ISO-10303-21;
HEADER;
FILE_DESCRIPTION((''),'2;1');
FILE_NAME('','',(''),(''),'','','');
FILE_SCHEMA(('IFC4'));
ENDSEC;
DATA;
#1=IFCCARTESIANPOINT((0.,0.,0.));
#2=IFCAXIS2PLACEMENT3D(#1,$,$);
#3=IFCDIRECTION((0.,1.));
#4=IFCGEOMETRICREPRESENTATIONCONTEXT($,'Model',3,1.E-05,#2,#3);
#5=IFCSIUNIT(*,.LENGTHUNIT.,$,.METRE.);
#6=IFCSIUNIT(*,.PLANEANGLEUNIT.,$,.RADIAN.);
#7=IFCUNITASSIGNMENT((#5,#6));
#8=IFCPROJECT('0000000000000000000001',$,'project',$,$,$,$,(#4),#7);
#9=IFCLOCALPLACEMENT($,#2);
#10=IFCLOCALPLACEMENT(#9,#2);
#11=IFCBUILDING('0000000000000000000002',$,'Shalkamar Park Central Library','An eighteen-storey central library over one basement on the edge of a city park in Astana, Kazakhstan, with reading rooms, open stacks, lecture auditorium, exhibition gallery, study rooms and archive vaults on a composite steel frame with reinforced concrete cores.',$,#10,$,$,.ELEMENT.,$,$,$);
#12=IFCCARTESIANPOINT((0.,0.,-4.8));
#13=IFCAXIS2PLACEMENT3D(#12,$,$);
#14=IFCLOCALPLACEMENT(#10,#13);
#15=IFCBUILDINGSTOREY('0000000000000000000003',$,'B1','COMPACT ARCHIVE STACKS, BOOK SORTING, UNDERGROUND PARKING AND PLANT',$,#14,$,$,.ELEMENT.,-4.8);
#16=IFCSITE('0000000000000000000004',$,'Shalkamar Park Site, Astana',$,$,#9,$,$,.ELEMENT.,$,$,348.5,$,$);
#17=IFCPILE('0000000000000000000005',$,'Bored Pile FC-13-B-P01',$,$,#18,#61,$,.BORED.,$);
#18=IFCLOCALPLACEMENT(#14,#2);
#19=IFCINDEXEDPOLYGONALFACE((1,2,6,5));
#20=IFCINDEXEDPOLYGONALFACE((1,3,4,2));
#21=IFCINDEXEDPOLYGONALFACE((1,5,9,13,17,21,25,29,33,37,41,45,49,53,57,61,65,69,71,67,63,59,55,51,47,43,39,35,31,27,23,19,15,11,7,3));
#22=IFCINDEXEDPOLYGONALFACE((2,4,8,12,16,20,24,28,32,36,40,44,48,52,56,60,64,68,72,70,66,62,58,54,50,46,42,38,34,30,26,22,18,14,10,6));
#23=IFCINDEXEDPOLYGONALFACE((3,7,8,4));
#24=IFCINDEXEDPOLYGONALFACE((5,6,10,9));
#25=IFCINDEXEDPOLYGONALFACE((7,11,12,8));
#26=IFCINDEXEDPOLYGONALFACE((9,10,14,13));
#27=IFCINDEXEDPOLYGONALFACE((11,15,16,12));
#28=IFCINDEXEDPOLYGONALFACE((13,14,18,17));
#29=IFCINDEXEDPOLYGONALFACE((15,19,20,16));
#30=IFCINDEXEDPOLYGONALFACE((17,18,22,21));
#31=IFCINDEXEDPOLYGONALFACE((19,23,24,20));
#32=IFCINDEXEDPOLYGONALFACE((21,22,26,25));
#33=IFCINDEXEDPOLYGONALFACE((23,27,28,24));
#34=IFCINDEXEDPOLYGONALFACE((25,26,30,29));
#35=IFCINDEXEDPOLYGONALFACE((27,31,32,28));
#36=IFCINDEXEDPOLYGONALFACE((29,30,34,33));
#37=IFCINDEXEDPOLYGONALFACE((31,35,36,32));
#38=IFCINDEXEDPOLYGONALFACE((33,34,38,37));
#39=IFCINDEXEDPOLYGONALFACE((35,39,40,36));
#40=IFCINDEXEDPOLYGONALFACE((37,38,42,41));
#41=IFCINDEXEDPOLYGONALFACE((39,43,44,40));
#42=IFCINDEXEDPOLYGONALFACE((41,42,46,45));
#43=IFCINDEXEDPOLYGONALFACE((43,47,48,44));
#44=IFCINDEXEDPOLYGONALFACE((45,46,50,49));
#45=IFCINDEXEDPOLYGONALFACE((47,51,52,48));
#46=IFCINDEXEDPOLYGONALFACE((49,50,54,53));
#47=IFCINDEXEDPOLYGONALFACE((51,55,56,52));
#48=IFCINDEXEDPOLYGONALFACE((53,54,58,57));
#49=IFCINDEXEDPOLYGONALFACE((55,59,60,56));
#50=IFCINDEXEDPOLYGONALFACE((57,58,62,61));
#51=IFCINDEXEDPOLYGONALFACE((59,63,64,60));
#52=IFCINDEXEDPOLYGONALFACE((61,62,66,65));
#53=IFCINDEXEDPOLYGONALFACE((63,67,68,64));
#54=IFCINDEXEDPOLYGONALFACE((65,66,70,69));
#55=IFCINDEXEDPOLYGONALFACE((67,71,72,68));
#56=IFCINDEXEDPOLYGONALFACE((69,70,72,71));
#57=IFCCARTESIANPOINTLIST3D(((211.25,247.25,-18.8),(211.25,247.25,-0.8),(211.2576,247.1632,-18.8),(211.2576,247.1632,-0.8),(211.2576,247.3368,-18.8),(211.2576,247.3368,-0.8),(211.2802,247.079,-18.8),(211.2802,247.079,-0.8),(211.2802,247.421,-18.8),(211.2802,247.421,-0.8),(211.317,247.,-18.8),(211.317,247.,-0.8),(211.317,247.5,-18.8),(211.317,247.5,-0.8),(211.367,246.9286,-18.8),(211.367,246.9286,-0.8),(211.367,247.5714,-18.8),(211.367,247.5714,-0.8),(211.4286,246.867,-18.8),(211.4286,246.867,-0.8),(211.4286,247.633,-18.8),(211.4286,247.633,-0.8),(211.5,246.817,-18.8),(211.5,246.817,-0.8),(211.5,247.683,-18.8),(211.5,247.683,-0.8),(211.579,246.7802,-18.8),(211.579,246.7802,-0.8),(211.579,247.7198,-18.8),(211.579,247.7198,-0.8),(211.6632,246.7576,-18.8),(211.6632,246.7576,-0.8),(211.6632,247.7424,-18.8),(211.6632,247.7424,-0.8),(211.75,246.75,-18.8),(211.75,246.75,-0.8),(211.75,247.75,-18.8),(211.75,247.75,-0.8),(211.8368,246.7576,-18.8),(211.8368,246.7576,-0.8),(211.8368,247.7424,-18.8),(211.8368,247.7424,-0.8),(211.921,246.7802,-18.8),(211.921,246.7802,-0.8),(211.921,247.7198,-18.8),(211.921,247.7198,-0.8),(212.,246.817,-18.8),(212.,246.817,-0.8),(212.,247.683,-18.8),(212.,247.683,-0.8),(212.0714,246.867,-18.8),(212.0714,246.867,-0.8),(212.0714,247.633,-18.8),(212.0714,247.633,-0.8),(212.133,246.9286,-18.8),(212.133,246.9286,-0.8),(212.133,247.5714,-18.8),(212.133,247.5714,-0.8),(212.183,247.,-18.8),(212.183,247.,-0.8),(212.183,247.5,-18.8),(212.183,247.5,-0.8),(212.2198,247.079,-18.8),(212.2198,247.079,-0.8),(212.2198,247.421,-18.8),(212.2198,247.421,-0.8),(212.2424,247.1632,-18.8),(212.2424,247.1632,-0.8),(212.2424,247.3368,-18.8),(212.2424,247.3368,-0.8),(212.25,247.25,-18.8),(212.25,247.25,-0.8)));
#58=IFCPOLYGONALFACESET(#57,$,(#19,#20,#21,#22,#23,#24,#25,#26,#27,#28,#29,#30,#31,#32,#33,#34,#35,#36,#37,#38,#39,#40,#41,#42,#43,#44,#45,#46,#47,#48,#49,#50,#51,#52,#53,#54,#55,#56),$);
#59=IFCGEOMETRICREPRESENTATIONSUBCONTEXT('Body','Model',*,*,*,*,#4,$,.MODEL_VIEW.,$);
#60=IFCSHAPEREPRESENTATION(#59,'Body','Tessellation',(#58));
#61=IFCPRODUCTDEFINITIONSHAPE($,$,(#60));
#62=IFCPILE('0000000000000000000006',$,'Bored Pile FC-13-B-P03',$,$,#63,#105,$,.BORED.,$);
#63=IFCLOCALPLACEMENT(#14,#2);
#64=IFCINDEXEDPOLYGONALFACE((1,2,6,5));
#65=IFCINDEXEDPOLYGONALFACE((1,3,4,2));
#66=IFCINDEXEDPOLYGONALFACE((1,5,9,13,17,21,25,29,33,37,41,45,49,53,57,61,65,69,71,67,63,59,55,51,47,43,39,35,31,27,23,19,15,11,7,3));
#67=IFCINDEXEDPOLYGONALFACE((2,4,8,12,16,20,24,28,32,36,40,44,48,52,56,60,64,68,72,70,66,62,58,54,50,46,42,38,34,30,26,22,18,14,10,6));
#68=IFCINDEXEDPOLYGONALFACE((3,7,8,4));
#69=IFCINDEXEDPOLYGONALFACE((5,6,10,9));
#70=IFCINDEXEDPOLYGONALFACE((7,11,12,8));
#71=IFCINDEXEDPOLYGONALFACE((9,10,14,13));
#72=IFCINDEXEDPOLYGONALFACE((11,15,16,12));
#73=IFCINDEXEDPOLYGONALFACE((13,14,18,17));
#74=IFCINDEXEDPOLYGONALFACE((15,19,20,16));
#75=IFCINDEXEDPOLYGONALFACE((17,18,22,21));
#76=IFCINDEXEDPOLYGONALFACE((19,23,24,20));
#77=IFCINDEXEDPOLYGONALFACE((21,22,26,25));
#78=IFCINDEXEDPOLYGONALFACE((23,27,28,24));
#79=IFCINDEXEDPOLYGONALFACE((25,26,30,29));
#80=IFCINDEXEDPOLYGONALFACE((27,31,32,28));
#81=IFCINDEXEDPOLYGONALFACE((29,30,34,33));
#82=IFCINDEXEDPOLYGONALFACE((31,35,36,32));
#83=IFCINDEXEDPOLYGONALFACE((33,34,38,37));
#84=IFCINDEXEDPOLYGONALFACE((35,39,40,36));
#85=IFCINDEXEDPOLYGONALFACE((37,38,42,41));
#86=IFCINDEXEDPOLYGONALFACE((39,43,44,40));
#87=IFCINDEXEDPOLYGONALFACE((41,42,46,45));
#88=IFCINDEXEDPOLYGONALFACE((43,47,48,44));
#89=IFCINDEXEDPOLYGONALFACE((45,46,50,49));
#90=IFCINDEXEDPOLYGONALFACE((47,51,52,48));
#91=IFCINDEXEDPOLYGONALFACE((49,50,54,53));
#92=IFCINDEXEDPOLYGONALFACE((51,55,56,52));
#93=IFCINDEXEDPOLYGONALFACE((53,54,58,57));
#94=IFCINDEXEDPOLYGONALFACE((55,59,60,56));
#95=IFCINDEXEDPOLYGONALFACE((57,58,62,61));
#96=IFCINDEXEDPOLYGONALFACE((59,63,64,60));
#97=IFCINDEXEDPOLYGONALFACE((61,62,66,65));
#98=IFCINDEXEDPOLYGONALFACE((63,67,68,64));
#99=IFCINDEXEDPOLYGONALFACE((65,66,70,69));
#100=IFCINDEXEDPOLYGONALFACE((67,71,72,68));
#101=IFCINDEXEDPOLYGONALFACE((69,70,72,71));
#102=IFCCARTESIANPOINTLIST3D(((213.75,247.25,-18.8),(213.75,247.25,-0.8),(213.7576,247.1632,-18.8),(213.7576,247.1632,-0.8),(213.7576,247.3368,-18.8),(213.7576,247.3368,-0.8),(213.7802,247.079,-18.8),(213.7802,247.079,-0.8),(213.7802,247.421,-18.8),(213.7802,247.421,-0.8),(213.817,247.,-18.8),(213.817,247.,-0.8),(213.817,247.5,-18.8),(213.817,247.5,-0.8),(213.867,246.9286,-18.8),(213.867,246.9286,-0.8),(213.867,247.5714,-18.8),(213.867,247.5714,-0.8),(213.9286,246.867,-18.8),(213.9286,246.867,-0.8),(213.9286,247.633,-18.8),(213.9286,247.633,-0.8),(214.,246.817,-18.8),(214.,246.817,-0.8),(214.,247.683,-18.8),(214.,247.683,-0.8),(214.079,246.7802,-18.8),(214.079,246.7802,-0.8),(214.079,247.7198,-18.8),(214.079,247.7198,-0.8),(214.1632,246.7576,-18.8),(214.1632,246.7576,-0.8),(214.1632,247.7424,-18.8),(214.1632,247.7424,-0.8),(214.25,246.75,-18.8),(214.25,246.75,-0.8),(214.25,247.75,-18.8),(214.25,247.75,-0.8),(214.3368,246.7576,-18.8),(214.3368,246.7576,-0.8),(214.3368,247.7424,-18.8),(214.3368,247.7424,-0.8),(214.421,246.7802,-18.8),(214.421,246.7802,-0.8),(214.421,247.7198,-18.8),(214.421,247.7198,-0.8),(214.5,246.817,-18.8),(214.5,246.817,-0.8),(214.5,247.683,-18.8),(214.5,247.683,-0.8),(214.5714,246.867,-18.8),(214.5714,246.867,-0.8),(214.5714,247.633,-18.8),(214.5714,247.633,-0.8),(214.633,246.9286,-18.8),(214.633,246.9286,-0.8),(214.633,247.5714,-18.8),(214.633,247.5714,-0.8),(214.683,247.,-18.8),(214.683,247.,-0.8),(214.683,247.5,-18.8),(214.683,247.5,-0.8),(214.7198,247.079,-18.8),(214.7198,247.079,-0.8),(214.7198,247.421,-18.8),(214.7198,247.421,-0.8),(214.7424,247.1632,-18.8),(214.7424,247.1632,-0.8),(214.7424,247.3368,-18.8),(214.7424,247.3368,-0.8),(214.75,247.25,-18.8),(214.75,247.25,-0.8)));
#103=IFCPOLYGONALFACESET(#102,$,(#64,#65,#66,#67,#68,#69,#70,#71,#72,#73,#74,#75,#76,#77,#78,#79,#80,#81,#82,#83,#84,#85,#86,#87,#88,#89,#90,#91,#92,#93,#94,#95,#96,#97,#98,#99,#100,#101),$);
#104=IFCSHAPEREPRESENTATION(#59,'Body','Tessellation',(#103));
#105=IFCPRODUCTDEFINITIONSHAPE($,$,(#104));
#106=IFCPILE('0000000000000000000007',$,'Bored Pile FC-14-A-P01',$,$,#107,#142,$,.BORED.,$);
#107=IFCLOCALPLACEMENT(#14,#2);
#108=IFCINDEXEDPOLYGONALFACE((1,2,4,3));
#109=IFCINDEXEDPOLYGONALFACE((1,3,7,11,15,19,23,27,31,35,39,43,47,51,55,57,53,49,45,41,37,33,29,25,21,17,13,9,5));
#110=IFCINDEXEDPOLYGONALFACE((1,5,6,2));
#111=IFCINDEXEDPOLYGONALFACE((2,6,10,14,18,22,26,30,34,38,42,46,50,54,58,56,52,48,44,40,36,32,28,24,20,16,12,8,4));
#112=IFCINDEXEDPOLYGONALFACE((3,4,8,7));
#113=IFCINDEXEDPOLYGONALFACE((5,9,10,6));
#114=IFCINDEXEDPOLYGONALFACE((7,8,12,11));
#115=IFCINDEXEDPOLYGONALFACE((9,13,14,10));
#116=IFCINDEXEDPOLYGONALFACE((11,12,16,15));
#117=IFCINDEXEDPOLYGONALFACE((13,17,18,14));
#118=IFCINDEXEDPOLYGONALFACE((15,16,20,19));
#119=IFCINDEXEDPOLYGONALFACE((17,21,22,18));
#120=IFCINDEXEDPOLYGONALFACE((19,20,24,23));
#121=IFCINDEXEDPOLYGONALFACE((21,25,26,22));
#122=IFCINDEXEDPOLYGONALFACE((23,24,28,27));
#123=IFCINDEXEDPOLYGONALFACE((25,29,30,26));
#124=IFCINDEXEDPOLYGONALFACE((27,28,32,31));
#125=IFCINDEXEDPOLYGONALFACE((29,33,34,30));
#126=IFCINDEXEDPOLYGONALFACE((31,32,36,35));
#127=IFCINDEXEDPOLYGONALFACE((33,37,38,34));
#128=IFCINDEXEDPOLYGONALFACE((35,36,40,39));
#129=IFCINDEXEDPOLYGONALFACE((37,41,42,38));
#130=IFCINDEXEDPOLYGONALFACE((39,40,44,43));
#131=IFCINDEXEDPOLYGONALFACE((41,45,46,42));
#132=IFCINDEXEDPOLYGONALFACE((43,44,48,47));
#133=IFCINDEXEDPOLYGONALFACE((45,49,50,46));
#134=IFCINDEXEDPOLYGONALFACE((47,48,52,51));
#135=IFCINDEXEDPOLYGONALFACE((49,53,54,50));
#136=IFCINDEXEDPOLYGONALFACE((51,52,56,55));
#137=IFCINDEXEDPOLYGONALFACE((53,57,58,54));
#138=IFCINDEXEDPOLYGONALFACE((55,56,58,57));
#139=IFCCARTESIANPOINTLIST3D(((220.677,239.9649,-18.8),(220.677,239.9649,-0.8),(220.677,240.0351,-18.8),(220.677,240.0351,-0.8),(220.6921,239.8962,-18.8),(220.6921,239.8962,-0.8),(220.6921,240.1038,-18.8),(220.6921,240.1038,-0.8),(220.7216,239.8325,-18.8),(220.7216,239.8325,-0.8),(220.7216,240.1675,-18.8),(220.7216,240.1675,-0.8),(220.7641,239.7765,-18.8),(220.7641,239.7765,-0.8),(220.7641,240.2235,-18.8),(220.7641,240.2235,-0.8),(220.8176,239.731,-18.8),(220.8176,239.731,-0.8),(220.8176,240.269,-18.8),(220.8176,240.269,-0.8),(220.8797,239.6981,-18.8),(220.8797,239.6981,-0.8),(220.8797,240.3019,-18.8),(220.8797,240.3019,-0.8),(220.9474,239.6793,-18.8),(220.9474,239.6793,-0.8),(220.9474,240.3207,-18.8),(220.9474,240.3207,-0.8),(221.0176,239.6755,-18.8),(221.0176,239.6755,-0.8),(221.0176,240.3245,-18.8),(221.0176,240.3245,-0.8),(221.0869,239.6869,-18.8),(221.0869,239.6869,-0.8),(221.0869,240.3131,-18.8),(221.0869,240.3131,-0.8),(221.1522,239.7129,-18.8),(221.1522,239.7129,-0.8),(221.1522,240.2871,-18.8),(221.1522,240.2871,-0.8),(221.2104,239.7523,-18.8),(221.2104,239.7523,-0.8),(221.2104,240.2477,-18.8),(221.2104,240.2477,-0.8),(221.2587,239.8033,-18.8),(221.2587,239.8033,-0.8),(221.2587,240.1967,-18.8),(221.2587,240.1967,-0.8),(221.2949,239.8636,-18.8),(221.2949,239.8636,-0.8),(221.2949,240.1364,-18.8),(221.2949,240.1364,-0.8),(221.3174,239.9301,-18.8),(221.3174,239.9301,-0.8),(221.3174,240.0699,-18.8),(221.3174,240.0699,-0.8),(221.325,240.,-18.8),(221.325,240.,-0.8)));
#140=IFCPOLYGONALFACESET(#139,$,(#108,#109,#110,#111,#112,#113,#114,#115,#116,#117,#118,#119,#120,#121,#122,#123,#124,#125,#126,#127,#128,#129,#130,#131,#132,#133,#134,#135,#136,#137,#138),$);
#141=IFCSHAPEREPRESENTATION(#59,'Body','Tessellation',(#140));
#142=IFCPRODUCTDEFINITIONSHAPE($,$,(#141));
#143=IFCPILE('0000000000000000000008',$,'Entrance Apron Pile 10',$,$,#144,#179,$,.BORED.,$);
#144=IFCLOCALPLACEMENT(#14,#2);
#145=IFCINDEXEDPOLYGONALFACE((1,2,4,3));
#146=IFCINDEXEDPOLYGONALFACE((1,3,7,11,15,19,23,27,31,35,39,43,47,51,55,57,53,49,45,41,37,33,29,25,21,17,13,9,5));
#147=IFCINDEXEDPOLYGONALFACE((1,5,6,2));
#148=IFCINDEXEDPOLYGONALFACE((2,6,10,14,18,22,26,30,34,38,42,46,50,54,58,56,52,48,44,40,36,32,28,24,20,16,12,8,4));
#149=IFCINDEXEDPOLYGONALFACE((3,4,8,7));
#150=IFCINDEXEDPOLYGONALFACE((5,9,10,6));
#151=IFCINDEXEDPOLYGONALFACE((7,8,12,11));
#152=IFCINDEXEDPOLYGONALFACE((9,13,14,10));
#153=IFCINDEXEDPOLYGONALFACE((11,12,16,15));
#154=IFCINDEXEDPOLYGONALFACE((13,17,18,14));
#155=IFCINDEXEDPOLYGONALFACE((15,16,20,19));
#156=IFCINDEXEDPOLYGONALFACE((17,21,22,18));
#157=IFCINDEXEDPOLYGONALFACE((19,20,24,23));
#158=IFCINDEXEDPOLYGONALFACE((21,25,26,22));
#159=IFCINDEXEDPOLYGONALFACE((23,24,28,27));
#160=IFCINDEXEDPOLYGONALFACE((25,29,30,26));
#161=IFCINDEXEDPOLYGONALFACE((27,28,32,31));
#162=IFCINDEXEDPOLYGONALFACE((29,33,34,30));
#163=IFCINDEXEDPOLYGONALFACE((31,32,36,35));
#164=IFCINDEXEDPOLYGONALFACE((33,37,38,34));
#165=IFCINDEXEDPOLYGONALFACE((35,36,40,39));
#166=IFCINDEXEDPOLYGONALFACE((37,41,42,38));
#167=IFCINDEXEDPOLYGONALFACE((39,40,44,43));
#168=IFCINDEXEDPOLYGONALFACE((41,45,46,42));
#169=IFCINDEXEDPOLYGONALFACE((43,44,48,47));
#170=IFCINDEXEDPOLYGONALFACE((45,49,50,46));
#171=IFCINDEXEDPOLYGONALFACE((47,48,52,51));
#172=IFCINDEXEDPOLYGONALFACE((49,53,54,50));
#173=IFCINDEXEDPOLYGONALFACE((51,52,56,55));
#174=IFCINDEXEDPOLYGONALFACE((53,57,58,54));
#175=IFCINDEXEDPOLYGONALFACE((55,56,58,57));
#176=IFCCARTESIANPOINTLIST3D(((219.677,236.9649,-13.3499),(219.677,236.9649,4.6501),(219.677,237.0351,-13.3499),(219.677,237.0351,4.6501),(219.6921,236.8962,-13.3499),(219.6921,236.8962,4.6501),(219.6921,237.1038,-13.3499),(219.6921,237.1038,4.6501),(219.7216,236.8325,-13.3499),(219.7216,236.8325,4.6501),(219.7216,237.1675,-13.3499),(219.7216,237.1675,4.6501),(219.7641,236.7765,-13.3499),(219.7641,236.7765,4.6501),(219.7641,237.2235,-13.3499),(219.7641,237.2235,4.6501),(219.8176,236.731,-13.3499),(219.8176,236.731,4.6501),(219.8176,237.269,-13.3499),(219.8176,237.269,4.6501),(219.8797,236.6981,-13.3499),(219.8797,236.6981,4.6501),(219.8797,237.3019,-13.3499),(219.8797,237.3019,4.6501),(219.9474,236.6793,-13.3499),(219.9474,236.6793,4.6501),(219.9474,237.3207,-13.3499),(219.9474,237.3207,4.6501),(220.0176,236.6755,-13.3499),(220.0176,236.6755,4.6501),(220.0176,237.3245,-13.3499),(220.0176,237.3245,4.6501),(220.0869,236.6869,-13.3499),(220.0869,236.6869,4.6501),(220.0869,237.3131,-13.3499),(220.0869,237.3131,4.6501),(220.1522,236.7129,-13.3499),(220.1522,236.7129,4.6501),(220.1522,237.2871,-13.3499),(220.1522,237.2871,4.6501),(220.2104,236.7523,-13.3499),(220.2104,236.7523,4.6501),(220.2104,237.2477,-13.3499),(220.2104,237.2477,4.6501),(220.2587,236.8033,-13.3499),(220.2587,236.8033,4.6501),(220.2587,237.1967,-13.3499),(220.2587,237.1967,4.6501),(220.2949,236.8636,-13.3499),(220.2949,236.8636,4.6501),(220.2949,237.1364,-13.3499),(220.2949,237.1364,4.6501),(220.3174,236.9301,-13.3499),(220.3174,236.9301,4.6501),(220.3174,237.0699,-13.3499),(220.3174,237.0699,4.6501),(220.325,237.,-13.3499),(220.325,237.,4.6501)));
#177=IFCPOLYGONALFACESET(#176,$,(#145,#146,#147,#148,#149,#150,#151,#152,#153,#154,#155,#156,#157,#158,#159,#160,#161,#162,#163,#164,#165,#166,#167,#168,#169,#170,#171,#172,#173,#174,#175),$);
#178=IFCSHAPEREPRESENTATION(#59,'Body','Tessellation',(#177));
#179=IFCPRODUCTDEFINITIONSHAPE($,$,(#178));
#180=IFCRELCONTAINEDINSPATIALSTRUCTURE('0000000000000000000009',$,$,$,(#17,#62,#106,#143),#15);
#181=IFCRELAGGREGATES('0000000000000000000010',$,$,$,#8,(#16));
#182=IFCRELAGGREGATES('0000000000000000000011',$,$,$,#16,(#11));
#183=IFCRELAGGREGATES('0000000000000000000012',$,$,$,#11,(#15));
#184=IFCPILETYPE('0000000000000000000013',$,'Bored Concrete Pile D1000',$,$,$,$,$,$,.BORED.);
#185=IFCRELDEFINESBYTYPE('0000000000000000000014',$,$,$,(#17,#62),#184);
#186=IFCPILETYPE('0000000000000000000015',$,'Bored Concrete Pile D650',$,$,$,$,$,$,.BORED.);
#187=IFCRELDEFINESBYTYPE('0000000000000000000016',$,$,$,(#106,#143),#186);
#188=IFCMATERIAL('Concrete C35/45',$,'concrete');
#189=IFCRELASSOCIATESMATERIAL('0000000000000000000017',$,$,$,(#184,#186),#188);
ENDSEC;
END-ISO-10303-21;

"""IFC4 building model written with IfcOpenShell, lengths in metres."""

from ifc_helpers import new_model, si_unit, direction, frame, origin, origin_2d, place, context, subcontext, project, spatial, circle, extrude, material, material_profile, profile_set, type_object, element, save


model = new_model("IFC4")

# Units and contexts
model_context = context("Model", 3, precision=1e-05, world=origin(), true_north=direction((0.0, 1.0)))
body_context = subcontext(model_context, "Body", "Model", "MODEL_VIEW")
ifc_project = project(units=[si_unit("LENGTHUNIT", "METRE"), si_unit("PLANEANGLEUNIT", "RADIAN")], contexts=[model_context])

# Site, building, storey
site_placement = place(None, origin())
site = spatial("IfcSite", under=ifc_project, at=site_placement, Name="Shalkamar Park Site, Astana", CompositionType="ELEMENT", RefElevation=348.5)
building_placement = place(site_placement, origin())
building = spatial("IfcBuilding", under=site, at=building_placement, Name="Shalkamar Park Central Library", Description="An eighteen-storey central library over one basement on the edge of a city park in Astana, Kazakhstan, with reading rooms, open stacks, lecture auditorium, exhibition gallery, study rooms and archive vaults on a composite steel frame with reinforced concrete cores.", CompositionType="ELEMENT")
storey_placement = place(building_placement, frame((0.0, 0.0, -4.8)))
storey = spatial("IfcBuildingStorey", under=building, at=storey_placement, Name="B1", Description="COMPACT ARCHIVE STACKS, BOOK SORTING, UNDERGROUND PARKING AND PLANT", CompositionType="ELEMENT", Elevation=-4.8)

# Piles
ifc_material_1 = material(Name="Concrete C35/45", Category="concrete")
ifc_material_profile_1 = material_profile(ifc_material_1, circle(Radius=0.5, at=origin_2d()), Name="PILE D1000")
ifc_profile_set_1 = profile_set([ifc_material_profile_1], Name="Concrete C35/45")
pile_type_1 = type_object("IfcPileType", Name="Bored Concrete Pile D1000", PredefinedType="BORED", material=ifc_profile_set_1)
for number, where, z_axis, x_axis, name in (
    (1, (211.75, 247.25, -0.8), (0.0, 0.0, -1.0), (1.0, 0.0, 0.0), "Bored Pile FC-13-B-P01"),
    (2, (214.25, 247.25, -0.8), (0.0, 0.0, -1.0), (1.0, 0.0, 0.0), "Bored Pile FC-13-B-P03"),
):
    element("IfcPile", number, at=place(storey_placement, frame(where, z_axis=z_axis, x_axis=x_axis)), inside=storey, type_object=pile_type_1, Name=name, PredefinedType="BORED", context=body_context, shape_type="SweptSolid", body=[
        extrude(circle(Radius=0.5, at=origin_2d()), origin(), (0.0, 0.0, 1.0), 18.0),
    ])
ifc_material_profile_2 = material_profile(ifc_material_1, circle(Radius=0.325, at=origin_2d()), Name="PILE D650")
ifc_profile_set_2 = profile_set([ifc_material_profile_2], Name="Concrete C35/45")
pile_type_2 = type_object("IfcPileType", Name="Bored Concrete Pile D650", PredefinedType="BORED", material=ifc_profile_set_2)
for number, where, z_axis, x_axis, name in (
    (3, (221.0, 240.0, -0.8), (0.0, 0.0, -1.0), (1.0, 0.0, 0.0), "Bored Pile FC-14-A-P01"),
    (4, (220.0, 237.0, 4.6501), (0.0, 0.0, -1.0), (1.0, 0.0, 0.0), "Entrance Apron Pile 10"),
):
    element("IfcPile", number, at=place(storey_placement, frame(where, z_axis=z_axis, x_axis=x_axis)), inside=storey, type_object=pile_type_2, Name=name, PredefinedType="BORED", context=body_context, shape_type="SweptSolid", body=[
        extrude(circle(Radius=0.325, at=origin_2d()), origin(), (0.0, 0.0, 1.0), 18.0),
    ])

save(model, "model.ifc")
